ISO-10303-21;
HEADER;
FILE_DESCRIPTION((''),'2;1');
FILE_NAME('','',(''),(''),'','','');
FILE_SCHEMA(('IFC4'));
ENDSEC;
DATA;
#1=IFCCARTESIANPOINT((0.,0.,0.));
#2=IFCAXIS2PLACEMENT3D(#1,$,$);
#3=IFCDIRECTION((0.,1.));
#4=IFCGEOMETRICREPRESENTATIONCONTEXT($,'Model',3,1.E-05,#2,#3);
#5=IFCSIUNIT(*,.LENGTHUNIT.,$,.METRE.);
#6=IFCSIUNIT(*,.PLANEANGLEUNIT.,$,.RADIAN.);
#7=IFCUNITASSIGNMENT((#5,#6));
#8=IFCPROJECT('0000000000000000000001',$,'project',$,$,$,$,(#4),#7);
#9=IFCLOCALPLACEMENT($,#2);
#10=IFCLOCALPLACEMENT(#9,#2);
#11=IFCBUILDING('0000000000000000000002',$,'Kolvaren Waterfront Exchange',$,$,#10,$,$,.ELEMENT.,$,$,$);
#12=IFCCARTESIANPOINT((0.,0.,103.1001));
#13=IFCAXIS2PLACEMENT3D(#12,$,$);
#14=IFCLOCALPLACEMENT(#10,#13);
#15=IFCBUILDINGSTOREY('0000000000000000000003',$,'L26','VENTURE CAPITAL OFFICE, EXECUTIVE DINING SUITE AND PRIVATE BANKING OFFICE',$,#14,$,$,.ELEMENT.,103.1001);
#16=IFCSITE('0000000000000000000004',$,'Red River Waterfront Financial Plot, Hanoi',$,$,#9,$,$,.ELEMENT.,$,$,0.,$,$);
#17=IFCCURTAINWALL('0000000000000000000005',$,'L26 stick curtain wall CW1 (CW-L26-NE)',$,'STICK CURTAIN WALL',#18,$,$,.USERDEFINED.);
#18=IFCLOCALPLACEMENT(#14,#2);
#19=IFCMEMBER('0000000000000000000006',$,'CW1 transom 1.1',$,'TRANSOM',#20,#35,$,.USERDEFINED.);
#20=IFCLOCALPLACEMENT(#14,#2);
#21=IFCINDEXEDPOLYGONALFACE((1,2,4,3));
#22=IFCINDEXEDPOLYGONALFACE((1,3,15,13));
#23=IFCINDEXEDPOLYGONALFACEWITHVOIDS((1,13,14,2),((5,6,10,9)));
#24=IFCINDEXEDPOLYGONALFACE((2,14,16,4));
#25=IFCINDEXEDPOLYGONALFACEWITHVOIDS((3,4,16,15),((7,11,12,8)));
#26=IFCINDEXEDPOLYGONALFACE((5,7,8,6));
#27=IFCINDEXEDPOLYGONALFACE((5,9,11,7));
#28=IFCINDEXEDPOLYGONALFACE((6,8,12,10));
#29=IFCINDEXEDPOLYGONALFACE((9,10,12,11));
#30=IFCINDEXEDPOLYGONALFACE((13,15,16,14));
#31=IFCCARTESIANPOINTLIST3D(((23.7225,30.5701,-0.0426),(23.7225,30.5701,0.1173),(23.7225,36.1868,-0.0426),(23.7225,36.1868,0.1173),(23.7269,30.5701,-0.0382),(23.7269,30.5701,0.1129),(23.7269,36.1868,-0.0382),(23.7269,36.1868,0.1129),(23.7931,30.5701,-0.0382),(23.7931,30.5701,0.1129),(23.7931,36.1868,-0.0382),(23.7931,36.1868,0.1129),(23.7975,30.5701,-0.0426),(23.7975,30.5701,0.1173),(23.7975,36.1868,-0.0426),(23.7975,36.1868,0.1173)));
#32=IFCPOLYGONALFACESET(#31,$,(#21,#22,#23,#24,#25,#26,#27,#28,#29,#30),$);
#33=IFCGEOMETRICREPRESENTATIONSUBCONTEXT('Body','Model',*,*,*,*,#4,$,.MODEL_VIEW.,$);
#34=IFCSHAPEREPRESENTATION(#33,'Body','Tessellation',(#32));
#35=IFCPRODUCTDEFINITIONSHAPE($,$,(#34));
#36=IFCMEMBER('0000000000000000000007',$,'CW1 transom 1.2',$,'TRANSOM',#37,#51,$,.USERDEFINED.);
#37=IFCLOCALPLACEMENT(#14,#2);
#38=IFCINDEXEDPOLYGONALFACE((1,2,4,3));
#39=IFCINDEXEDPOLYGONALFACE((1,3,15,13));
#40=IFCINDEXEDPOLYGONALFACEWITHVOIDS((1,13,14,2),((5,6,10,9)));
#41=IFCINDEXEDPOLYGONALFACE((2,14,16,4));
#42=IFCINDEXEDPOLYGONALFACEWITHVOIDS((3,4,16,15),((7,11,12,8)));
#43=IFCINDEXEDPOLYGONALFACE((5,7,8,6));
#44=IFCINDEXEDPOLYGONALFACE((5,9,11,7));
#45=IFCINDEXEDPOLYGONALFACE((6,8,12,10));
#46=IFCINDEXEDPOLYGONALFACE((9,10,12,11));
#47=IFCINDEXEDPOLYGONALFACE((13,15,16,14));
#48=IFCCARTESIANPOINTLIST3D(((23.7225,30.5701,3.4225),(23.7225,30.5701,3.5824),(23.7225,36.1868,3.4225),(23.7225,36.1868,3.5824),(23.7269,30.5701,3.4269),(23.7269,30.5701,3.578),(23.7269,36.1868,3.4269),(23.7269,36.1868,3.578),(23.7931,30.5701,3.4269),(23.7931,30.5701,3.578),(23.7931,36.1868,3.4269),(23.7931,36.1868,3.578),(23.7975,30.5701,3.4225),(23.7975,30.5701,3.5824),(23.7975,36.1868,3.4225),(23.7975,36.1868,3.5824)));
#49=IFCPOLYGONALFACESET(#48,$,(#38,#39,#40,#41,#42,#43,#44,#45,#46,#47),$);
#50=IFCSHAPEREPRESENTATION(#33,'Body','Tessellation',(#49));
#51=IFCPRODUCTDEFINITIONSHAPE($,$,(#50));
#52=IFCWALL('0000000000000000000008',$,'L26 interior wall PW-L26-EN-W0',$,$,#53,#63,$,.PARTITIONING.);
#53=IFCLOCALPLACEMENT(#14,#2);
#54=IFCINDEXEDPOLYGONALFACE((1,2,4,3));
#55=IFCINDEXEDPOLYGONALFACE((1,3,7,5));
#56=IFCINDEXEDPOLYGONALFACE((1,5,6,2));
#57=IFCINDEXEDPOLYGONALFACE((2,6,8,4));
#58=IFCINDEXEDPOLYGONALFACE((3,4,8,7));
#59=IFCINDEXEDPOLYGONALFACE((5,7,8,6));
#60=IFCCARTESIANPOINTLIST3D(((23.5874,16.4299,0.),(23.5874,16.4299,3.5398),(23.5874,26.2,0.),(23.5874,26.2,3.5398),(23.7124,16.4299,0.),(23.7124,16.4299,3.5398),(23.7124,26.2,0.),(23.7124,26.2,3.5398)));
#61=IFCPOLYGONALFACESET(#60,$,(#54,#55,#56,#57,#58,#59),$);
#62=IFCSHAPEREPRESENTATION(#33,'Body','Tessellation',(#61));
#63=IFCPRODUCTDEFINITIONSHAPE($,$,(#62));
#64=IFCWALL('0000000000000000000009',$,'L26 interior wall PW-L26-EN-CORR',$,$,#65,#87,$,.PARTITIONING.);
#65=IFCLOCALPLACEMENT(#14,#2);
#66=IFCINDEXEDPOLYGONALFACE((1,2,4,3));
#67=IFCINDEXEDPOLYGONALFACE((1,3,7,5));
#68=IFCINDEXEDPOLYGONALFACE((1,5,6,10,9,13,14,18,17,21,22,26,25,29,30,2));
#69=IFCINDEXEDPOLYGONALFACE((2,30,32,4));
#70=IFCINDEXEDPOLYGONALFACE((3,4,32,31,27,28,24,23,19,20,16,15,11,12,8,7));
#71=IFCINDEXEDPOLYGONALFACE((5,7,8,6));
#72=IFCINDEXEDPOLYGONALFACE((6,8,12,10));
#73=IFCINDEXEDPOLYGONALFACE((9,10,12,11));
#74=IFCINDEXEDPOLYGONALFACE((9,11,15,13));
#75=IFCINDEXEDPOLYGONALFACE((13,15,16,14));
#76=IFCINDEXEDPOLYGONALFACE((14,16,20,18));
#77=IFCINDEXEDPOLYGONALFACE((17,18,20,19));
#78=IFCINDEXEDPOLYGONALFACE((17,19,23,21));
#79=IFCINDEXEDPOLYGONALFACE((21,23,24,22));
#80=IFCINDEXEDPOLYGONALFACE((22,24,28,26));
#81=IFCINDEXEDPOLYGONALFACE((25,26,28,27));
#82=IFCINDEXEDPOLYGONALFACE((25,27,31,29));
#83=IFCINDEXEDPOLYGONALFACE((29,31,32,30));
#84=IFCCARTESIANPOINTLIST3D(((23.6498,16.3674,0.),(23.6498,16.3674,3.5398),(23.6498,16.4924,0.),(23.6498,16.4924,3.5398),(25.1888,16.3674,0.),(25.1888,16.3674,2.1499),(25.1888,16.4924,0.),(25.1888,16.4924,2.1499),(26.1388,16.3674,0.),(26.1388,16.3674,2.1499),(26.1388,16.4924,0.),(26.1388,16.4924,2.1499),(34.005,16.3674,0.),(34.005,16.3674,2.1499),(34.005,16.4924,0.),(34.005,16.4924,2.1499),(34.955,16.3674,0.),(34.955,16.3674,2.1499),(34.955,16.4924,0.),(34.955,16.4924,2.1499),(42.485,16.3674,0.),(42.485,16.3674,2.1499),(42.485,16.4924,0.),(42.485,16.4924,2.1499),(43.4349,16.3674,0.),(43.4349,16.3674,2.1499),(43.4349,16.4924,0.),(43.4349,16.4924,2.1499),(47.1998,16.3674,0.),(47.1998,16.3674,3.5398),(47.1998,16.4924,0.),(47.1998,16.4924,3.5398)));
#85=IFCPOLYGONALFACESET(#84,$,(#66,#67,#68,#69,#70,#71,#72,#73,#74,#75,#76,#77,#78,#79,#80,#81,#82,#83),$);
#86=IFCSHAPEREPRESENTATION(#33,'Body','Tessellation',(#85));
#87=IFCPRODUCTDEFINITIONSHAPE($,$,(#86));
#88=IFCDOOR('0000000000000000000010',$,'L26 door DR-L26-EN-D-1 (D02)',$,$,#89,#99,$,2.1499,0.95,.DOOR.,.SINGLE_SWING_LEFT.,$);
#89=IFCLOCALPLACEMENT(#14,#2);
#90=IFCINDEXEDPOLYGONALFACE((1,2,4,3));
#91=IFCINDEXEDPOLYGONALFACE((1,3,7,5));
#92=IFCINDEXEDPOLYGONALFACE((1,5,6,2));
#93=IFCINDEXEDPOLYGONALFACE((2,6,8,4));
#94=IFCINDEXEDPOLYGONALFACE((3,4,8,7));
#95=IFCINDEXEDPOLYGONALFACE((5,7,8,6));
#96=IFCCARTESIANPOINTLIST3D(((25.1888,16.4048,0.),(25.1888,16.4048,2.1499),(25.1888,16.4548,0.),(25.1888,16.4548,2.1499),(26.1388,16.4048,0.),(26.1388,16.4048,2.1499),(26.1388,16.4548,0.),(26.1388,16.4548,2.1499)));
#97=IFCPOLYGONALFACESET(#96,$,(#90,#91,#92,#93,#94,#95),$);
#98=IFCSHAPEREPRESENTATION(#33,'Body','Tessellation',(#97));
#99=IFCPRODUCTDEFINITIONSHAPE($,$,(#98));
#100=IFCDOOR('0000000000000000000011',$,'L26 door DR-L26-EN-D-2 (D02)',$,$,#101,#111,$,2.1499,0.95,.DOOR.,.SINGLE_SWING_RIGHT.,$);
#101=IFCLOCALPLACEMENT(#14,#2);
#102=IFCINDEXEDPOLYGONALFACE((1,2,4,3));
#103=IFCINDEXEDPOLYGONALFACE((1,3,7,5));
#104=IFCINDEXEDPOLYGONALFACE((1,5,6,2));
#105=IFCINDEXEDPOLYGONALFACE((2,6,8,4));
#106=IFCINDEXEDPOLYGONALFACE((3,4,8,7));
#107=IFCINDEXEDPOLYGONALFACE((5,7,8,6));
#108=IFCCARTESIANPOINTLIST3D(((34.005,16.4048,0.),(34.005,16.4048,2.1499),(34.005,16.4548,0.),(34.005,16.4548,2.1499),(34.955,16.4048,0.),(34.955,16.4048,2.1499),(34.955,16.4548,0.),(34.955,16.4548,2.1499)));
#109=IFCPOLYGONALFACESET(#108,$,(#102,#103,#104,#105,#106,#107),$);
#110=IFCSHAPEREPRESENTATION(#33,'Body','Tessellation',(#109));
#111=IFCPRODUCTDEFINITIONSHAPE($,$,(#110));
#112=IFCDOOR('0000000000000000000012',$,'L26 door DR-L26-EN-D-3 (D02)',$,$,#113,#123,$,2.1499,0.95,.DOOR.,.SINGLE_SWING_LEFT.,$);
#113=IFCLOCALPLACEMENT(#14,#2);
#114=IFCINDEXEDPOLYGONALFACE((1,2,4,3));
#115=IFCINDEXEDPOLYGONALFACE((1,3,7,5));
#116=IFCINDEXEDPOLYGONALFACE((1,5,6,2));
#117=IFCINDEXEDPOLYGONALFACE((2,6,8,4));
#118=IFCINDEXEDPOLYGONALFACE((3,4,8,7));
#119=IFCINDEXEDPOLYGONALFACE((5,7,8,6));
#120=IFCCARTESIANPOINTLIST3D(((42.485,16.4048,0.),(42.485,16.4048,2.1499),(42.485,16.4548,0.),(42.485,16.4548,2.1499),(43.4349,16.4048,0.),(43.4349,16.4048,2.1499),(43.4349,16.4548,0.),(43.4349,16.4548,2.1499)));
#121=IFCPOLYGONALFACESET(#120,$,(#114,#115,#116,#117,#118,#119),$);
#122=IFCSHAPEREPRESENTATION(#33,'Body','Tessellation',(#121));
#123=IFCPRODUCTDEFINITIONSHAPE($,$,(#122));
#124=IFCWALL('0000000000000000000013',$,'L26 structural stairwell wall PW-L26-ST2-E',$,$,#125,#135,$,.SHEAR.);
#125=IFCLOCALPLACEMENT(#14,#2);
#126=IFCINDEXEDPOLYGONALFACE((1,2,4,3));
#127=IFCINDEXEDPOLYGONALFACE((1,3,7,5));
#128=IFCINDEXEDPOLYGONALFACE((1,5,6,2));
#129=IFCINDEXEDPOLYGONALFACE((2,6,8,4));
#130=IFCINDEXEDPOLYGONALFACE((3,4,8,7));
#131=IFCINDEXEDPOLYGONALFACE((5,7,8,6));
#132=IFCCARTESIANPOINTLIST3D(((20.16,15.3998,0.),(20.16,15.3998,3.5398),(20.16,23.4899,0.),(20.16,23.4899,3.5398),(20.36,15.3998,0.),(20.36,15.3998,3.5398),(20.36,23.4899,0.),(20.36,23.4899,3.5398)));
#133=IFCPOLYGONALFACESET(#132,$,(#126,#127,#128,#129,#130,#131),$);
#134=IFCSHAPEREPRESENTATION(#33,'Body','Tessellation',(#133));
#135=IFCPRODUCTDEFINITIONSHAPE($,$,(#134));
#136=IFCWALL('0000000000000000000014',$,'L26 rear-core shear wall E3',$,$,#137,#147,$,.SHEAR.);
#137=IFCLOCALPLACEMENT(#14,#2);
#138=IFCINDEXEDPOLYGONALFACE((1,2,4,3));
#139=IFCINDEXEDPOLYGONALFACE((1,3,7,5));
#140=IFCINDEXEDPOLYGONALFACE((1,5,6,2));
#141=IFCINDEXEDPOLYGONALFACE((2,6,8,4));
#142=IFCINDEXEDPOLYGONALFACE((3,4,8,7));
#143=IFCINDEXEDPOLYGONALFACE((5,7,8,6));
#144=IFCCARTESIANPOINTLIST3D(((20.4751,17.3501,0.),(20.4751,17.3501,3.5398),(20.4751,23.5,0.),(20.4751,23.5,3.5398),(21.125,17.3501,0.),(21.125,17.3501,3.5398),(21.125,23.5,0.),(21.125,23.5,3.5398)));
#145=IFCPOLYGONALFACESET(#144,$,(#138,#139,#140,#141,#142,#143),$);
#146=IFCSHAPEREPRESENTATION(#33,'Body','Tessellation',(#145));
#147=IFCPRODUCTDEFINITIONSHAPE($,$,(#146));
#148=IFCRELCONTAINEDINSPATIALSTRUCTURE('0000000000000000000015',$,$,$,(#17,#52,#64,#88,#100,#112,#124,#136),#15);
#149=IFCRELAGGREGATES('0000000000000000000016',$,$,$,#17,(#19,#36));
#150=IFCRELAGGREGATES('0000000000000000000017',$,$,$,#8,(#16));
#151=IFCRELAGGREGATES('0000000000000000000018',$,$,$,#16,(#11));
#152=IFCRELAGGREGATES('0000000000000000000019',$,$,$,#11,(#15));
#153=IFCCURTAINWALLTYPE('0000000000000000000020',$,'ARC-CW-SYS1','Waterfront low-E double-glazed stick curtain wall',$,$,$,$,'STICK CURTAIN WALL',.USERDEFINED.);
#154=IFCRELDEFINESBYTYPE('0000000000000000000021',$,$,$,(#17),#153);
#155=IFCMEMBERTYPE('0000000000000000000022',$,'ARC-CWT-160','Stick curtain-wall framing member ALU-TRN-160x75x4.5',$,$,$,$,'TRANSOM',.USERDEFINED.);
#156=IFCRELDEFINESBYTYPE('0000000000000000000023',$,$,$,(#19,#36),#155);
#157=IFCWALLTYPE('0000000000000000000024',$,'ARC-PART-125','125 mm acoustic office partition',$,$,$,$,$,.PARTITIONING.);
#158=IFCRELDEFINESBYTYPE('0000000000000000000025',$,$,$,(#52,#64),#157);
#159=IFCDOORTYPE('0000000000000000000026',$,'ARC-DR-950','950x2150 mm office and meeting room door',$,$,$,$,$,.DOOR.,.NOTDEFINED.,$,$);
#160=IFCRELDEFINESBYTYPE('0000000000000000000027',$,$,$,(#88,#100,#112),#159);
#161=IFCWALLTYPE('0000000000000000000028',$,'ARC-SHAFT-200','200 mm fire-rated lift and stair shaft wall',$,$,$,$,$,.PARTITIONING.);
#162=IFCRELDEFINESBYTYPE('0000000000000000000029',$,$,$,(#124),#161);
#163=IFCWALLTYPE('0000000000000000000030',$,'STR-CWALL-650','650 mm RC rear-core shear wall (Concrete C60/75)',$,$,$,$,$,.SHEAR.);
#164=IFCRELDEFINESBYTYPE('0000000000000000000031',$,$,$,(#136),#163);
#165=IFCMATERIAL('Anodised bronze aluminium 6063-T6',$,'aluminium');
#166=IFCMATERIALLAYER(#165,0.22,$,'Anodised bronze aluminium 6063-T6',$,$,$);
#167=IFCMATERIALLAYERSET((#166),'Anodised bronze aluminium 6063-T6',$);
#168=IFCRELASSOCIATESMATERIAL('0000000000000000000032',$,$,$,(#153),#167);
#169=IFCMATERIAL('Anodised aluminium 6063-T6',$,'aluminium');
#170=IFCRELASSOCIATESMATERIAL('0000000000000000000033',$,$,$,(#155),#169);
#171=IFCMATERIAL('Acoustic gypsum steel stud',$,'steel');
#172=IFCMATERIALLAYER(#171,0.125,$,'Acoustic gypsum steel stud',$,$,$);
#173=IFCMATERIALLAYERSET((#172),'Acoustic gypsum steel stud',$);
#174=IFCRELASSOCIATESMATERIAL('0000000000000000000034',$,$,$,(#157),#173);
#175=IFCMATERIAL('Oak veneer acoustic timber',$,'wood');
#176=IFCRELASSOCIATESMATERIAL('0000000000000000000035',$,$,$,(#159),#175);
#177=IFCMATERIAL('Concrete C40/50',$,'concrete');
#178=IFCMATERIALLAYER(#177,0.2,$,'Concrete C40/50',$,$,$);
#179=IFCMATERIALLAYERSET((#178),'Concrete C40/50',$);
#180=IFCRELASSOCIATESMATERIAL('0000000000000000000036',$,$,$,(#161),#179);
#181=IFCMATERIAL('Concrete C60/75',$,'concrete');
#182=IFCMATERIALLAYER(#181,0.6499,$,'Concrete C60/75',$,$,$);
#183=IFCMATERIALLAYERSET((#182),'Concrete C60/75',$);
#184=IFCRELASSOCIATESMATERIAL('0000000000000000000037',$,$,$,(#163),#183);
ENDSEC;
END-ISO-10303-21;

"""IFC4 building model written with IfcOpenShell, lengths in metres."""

from ifc_helpers import new_model, si_unit, direction, frame, frame_2d, origin, origin_with_axes, origin_2d, place, context, subcontext, project, spatial, rectangle, hollow_rectangle, extrude, source, transform, mapped, material, layer, layer_set, material_profile, profile_set, type_object, element, fill, aggregate, save


model = new_model("IFC4")

# Units and contexts
model_context = context("Model", 3, precision=1e-05, world=origin(), true_north=direction((0.0, 1.0)))
body_context = subcontext(model_context, "Body", "Model", "MODEL_VIEW")
ifc_project = project(units=[si_unit("LENGTHUNIT", "METRE"), si_unit("PLANEANGLEUNIT", "RADIAN")], contexts=[model_context])

# Site, building, storey
site_placement = place(None, origin())
site = spatial("IfcSite", under=ifc_project, at=site_placement, Name="Red River Waterfront Financial Plot, Hanoi", CompositionType="ELEMENT", RefElevation=0.0)
building_placement = place(site_placement, origin())
building = spatial("IfcBuilding", under=site, at=building_placement, Name="Kolvaren Waterfront Exchange", CompositionType="ELEMENT")
storey_placement = place(building_placement, frame((0.0, 0.0, 103.1001)))
storey = spatial("IfcBuildingStorey", under=building, at=storey_placement, Name="L26", Description="VENTURE CAPITAL OFFICE, EXECUTIVE DINING SUITE AND PRIVATE BANKING OFFICE", CompositionType="ELEMENT", Elevation=103.1001)

# Shared definitions
ifc_material_1 = material(Name="Concrete C60/75", Category="concrete")

# Curtain wall, members
ifc_material_2 = material(Name="Anodised bronze aluminium 6063-T6", Category="aluminium")
ifc_layer_1 = layer(ifc_material_2, 0.22, Name="Anodised bronze aluminium 6063-T6")
ifc_layer_set_1 = layer_set([ifc_layer_1], Name="Anodised bronze aluminium 6063-T6")
curtain_wall_type = type_object("IfcCurtainWallType", Name="ARC-CW-SYS1", Description="Waterfront low-E double-glazed stick curtain wall", ElementType="STICK CURTAIN WALL", PredefinedType="USERDEFINED", material=ifc_layer_set_1)
curtain_wall_placement = place(storey_placement, origin())
curtain_wall = element("IfcCurtainWall", 1, at=curtain_wall_placement, inside=storey, type_object=curtain_wall_type, Name="L26 stick curtain wall CW1 (CW-L26-NE)", ObjectType="STICK CURTAIN WALL", PredefinedType="USERDEFINED")
ifc_material_3 = material(Name="Anodised aluminium 6063-T6", Category="aluminium")
ifc_material_profile_1 = material_profile(ifc_material_3, hollow_rectangle(XDim=0.075, YDim=0.1599, WallThickness=0.0044, at=origin_2d()), Name="ALU-TRN-160x75x4.5")
ifc_profile_set_1 = profile_set([ifc_material_profile_1], Name="Anodised aluminium 6063-T6")
member_type_1 = type_object("IfcMemberType", Name="ARC-CWT-160", Description="Stick curtain-wall framing member ALU-TRN-160x75x4.5", ElementType="TRANSOM", PredefinedType="USERDEFINED", material=ifc_profile_set_1)
shared_shape_1 = source(origin_with_axes(), body_context, "Body", "SweptSolid", [
    extrude(hollow_rectangle(XDim=0.075, YDim=0.1599, WallThickness=0.0044, at=origin_2d()), origin(), (0.0, 0.0, 1.0), 5.6167),
])
member_1_placement = place(storey_placement, frame((23.76, 30.5701, 0.0374), z_axis=(0.0, 1.0, 0.0), x_axis=(-1.0, 0.0, 0.0)))
member_1 = element("IfcMember", 2, at=member_1_placement, type_object=member_type_1, Name="CW1 transom 1.1", ObjectType="TRANSOM", PredefinedType="USERDEFINED", context=body_context, shape_type="MappedRepresentation", body=[
    mapped(shared_shape_1, transform((0.0, 0.0, 0.0), x_axis=(1.0, 0.0, 0.0), y_axis=(0.0, 1.0, 0.0), z_axis=(0.0, 0.0, 1.0), scale=1.0)),
])
member_2_placement = place(storey_placement, frame((23.76, 30.5701, 3.5024), z_axis=(0.0, 1.0, 0.0), x_axis=(-1.0, 0.0, 0.0)))
member_2 = element("IfcMember", 3, at=member_2_placement, type_object=member_type_1, Name="CW1 transom 1.2", ObjectType="TRANSOM", PredefinedType="USERDEFINED", context=body_context, shape_type="MappedRepresentation", body=[
    mapped(shared_shape_1, transform((0.0, 0.0, 0.0), x_axis=(1.0, 0.0, 0.0), y_axis=(0.0, 1.0, 0.0), z_axis=(0.0, 0.0, 1.0), scale=1.0)),
])
aggregate(curtain_wall, [member_1, member_2])

# Wall
ifc_material_4 = material(Name="Acoustic gypsum steel stud", Category="steel")
ifc_layer_2 = layer(ifc_material_4, 0.125, Name="Acoustic gypsum steel stud")
ifc_layer_set_2 = layer_set([ifc_layer_2], Name="Acoustic gypsum steel stud")
wall_type_1 = type_object("IfcWallType", Name="ARC-PART-125", Description="125 mm acoustic office partition", PredefinedType="PARTITIONING", material=ifc_layer_set_2)
wall_1_placement = place(storey_placement, frame((23.6499, 16.4299, 0.0), z_axis=(0.0, 0.0, 1.0), x_axis=(0.0, 1.0, 0.0)))
element("IfcWall", 4, at=wall_1_placement, inside=storey, type_object=wall_type_1, Name="L26 interior wall PW-L26-EN-W0", PredefinedType="PARTITIONING", context=body_context, shape_type="SweptSolid", body=[
    extrude(rectangle(XDim=9.77, YDim=0.125, at=frame_2d((4.885, 0.0))), origin(), (0.0, 0.0, 1.0), 3.5398),
])

# Wall, openings, doors
wall_2_placement = place(storey_placement, frame((23.6499, 16.4299, 0.0), z_axis=(0.0, 0.0, 1.0), x_axis=(1.0, 0.0, 0.0)))
wall_2 = element("IfcWall", 5, at=wall_2_placement, inside=storey, type_object=wall_type_1, Name="L26 interior wall PW-L26-EN-CORR", PredefinedType="PARTITIONING", context=body_context, shape_type="SweptSolid", body=[
    extrude(rectangle(XDim=23.55, YDim=0.125, at=frame_2d((11.7749, 0.0))), origin(), (0.0, 0.0, 1.0), 3.5398),
])
opening_1_placement = place(wall_2_placement, frame((1.5388, 0.0, 0.0)))
opening_1 = element("IfcOpeningElement", 6, at=opening_1_placement, cuts=wall_2, PredefinedType="OPENING", context=body_context, shape_type="SweptSolid", body=[
    extrude(rectangle(XDim=0.95, YDim=2.1499, at=frame_2d((0.4751, 1.075))), frame((0.0, 0.0725, 0.0), z_axis=(0.0, -1.0, 0.0), x_axis=(1.0, 0.0, 0.0)), (0.0, 0.0, 1.0), 0.145),
])
opening_2_placement = place(wall_2_placement, frame((10.355, 0.0, 0.0)))
opening_2 = element("IfcOpeningElement", 7, at=opening_2_placement, cuts=wall_2, PredefinedType="OPENING", context=body_context, shape_type="SweptSolid", body=[
    extrude(rectangle(XDim=0.95, YDim=2.1499, at=frame_2d((0.4751, 1.075))), frame((0.0, 0.0725, 0.0), z_axis=(0.0, -1.0, 0.0), x_axis=(1.0, 0.0, 0.0)), (0.0, 0.0, 1.0), 0.145),
])
opening_3_placement = place(wall_2_placement, frame((18.835, 0.0, 0.0)))
opening_3 = element("IfcOpeningElement", 8, at=opening_3_placement, cuts=wall_2, PredefinedType="OPENING", context=body_context, shape_type="SweptSolid", body=[
    extrude(rectangle(XDim=0.95, YDim=2.1499, at=frame_2d((0.4751, 1.075))), frame((0.0, 0.0725, 0.0), z_axis=(0.0, -1.0, 0.0), x_axis=(1.0, 0.0, 0.0)), (0.0, 0.0, 1.0), 0.145),
])
ifc_material_5 = material(Name="Oak veneer acoustic timber", Category="wood")
door_type = type_object("IfcDoorType", Name="ARC-DR-950", Description="950x2150 mm office and meeting room door", OperationType="NOTDEFINED", PredefinedType="DOOR", material=ifc_material_5)
door_1_placement = place(opening_1_placement, origin())
door_1 = element("IfcDoor", 9, at=door_1_placement, inside=storey, type_object=door_type, Name="L26 door DR-L26-EN-D-1 (D02)", OperationType="SINGLE_SWING_LEFT", OverallHeight=2.1499, OverallWidth=0.95, PredefinedType="DOOR", context=body_context, shape_type="SweptSolid", body=[
    extrude(rectangle(XDim=0.95, YDim=2.1499, at=frame_2d((0.4751, 1.075))), frame((0.0, 0.0249, 0.0), z_axis=(0.0, -1.0, 0.0), x_axis=(1.0, 0.0, 0.0)), (0.0, 0.0, 1.0), 0.05),
])
fill(opening_1, door_1)
door_2_placement = place(opening_2_placement, origin())
door_2 = element("IfcDoor", 10, at=door_2_placement, inside=storey, type_object=door_type, Name="L26 door DR-L26-EN-D-2 (D02)", OperationType="SINGLE_SWING_RIGHT", OverallHeight=2.1499, OverallWidth=0.95, PredefinedType="DOOR", context=body_context, shape_type="SweptSolid", body=[
    extrude(rectangle(XDim=0.95, YDim=2.1499, at=frame_2d((0.4751, 1.075))), frame((0.0, 0.0249, 0.0), z_axis=(0.0, -1.0, 0.0), x_axis=(1.0, 0.0, 0.0)), (0.0, 0.0, 1.0), 0.05),
])
fill(opening_2, door_2)
door_3_placement = place(opening_3_placement, origin())
door_3 = element("IfcDoor", 11, at=door_3_placement, inside=storey, type_object=door_type, Name="L26 door DR-L26-EN-D-3 (D02)", OperationType="SINGLE_SWING_LEFT", OverallHeight=2.1499, OverallWidth=0.95, PredefinedType="DOOR", context=body_context, shape_type="SweptSolid", body=[
    extrude(rectangle(XDim=0.95, YDim=2.1499, at=frame_2d((0.4751, 1.075))), frame((0.0, 0.0249, 0.0), z_axis=(0.0, -1.0, 0.0), x_axis=(1.0, 0.0, 0.0)), (0.0, 0.0, 1.0), 0.05),
])
fill(opening_3, door_3)

# Walls
ifc_material_6 = material(Name="Concrete C40/50", Category="concrete")
ifc_layer_3 = layer(ifc_material_6, 0.2, Name="Concrete C40/50")
ifc_layer_set_3 = layer_set([ifc_layer_3], Name="Concrete C40/50")
wall_type_2 = type_object("IfcWallType", Name="ARC-SHAFT-200", Description="200 mm fire-rated lift and stair shaft wall", PredefinedType="PARTITIONING", material=ifc_layer_set_3)
wall_3_placement = place(storey_placement, frame((20.26, 15.3999, 0.0), z_axis=(0.0, 0.0, 1.0), x_axis=(0.0, 1.0, 0.0)))
element("IfcWall", 12, at=wall_3_placement, inside=storey, type_object=wall_type_2, Name="L26 structural stairwell wall PW-L26-ST2-E", PredefinedType="SHEAR", context=body_context, shape_type="SweptSolid", body=[
    extrude(rectangle(XDim=8.0901, YDim=0.2, at=frame_2d((4.0449, 0.0))), origin(), (0.0, 0.0, 1.0), 3.5398),
])
ifc_layer_4 = layer(ifc_material_1, 0.6499, Name="Concrete C60/75")
ifc_layer_set_4 = layer_set([ifc_layer_4], Name="Concrete C60/75")
wall_type_3 = type_object("IfcWallType", Name="STR-CWALL-650", Description="650 mm RC rear-core shear wall (Concrete C60/75)", PredefinedType="SHEAR", material=ifc_layer_set_4)
wall_4_placement = place(storey_placement, frame((20.8, 17.3501, 0.0), z_axis=(0.0, 0.0, 1.0), x_axis=(0.0, 1.0, 0.0)))
element("IfcWall", 13, at=wall_4_placement, inside=storey, type_object=wall_type_3, Name="L26 rear-core shear wall E3", PredefinedType="SHEAR", context=body_context, shape_type="SweptSolid", body=[
    extrude(rectangle(XDim=6.1499, YDim=0.6499, at=frame_2d((3.075, 0.0))), origin(), (0.0, 0.0, 1.0), 3.5398),
])

save(model, "model.ifc")
